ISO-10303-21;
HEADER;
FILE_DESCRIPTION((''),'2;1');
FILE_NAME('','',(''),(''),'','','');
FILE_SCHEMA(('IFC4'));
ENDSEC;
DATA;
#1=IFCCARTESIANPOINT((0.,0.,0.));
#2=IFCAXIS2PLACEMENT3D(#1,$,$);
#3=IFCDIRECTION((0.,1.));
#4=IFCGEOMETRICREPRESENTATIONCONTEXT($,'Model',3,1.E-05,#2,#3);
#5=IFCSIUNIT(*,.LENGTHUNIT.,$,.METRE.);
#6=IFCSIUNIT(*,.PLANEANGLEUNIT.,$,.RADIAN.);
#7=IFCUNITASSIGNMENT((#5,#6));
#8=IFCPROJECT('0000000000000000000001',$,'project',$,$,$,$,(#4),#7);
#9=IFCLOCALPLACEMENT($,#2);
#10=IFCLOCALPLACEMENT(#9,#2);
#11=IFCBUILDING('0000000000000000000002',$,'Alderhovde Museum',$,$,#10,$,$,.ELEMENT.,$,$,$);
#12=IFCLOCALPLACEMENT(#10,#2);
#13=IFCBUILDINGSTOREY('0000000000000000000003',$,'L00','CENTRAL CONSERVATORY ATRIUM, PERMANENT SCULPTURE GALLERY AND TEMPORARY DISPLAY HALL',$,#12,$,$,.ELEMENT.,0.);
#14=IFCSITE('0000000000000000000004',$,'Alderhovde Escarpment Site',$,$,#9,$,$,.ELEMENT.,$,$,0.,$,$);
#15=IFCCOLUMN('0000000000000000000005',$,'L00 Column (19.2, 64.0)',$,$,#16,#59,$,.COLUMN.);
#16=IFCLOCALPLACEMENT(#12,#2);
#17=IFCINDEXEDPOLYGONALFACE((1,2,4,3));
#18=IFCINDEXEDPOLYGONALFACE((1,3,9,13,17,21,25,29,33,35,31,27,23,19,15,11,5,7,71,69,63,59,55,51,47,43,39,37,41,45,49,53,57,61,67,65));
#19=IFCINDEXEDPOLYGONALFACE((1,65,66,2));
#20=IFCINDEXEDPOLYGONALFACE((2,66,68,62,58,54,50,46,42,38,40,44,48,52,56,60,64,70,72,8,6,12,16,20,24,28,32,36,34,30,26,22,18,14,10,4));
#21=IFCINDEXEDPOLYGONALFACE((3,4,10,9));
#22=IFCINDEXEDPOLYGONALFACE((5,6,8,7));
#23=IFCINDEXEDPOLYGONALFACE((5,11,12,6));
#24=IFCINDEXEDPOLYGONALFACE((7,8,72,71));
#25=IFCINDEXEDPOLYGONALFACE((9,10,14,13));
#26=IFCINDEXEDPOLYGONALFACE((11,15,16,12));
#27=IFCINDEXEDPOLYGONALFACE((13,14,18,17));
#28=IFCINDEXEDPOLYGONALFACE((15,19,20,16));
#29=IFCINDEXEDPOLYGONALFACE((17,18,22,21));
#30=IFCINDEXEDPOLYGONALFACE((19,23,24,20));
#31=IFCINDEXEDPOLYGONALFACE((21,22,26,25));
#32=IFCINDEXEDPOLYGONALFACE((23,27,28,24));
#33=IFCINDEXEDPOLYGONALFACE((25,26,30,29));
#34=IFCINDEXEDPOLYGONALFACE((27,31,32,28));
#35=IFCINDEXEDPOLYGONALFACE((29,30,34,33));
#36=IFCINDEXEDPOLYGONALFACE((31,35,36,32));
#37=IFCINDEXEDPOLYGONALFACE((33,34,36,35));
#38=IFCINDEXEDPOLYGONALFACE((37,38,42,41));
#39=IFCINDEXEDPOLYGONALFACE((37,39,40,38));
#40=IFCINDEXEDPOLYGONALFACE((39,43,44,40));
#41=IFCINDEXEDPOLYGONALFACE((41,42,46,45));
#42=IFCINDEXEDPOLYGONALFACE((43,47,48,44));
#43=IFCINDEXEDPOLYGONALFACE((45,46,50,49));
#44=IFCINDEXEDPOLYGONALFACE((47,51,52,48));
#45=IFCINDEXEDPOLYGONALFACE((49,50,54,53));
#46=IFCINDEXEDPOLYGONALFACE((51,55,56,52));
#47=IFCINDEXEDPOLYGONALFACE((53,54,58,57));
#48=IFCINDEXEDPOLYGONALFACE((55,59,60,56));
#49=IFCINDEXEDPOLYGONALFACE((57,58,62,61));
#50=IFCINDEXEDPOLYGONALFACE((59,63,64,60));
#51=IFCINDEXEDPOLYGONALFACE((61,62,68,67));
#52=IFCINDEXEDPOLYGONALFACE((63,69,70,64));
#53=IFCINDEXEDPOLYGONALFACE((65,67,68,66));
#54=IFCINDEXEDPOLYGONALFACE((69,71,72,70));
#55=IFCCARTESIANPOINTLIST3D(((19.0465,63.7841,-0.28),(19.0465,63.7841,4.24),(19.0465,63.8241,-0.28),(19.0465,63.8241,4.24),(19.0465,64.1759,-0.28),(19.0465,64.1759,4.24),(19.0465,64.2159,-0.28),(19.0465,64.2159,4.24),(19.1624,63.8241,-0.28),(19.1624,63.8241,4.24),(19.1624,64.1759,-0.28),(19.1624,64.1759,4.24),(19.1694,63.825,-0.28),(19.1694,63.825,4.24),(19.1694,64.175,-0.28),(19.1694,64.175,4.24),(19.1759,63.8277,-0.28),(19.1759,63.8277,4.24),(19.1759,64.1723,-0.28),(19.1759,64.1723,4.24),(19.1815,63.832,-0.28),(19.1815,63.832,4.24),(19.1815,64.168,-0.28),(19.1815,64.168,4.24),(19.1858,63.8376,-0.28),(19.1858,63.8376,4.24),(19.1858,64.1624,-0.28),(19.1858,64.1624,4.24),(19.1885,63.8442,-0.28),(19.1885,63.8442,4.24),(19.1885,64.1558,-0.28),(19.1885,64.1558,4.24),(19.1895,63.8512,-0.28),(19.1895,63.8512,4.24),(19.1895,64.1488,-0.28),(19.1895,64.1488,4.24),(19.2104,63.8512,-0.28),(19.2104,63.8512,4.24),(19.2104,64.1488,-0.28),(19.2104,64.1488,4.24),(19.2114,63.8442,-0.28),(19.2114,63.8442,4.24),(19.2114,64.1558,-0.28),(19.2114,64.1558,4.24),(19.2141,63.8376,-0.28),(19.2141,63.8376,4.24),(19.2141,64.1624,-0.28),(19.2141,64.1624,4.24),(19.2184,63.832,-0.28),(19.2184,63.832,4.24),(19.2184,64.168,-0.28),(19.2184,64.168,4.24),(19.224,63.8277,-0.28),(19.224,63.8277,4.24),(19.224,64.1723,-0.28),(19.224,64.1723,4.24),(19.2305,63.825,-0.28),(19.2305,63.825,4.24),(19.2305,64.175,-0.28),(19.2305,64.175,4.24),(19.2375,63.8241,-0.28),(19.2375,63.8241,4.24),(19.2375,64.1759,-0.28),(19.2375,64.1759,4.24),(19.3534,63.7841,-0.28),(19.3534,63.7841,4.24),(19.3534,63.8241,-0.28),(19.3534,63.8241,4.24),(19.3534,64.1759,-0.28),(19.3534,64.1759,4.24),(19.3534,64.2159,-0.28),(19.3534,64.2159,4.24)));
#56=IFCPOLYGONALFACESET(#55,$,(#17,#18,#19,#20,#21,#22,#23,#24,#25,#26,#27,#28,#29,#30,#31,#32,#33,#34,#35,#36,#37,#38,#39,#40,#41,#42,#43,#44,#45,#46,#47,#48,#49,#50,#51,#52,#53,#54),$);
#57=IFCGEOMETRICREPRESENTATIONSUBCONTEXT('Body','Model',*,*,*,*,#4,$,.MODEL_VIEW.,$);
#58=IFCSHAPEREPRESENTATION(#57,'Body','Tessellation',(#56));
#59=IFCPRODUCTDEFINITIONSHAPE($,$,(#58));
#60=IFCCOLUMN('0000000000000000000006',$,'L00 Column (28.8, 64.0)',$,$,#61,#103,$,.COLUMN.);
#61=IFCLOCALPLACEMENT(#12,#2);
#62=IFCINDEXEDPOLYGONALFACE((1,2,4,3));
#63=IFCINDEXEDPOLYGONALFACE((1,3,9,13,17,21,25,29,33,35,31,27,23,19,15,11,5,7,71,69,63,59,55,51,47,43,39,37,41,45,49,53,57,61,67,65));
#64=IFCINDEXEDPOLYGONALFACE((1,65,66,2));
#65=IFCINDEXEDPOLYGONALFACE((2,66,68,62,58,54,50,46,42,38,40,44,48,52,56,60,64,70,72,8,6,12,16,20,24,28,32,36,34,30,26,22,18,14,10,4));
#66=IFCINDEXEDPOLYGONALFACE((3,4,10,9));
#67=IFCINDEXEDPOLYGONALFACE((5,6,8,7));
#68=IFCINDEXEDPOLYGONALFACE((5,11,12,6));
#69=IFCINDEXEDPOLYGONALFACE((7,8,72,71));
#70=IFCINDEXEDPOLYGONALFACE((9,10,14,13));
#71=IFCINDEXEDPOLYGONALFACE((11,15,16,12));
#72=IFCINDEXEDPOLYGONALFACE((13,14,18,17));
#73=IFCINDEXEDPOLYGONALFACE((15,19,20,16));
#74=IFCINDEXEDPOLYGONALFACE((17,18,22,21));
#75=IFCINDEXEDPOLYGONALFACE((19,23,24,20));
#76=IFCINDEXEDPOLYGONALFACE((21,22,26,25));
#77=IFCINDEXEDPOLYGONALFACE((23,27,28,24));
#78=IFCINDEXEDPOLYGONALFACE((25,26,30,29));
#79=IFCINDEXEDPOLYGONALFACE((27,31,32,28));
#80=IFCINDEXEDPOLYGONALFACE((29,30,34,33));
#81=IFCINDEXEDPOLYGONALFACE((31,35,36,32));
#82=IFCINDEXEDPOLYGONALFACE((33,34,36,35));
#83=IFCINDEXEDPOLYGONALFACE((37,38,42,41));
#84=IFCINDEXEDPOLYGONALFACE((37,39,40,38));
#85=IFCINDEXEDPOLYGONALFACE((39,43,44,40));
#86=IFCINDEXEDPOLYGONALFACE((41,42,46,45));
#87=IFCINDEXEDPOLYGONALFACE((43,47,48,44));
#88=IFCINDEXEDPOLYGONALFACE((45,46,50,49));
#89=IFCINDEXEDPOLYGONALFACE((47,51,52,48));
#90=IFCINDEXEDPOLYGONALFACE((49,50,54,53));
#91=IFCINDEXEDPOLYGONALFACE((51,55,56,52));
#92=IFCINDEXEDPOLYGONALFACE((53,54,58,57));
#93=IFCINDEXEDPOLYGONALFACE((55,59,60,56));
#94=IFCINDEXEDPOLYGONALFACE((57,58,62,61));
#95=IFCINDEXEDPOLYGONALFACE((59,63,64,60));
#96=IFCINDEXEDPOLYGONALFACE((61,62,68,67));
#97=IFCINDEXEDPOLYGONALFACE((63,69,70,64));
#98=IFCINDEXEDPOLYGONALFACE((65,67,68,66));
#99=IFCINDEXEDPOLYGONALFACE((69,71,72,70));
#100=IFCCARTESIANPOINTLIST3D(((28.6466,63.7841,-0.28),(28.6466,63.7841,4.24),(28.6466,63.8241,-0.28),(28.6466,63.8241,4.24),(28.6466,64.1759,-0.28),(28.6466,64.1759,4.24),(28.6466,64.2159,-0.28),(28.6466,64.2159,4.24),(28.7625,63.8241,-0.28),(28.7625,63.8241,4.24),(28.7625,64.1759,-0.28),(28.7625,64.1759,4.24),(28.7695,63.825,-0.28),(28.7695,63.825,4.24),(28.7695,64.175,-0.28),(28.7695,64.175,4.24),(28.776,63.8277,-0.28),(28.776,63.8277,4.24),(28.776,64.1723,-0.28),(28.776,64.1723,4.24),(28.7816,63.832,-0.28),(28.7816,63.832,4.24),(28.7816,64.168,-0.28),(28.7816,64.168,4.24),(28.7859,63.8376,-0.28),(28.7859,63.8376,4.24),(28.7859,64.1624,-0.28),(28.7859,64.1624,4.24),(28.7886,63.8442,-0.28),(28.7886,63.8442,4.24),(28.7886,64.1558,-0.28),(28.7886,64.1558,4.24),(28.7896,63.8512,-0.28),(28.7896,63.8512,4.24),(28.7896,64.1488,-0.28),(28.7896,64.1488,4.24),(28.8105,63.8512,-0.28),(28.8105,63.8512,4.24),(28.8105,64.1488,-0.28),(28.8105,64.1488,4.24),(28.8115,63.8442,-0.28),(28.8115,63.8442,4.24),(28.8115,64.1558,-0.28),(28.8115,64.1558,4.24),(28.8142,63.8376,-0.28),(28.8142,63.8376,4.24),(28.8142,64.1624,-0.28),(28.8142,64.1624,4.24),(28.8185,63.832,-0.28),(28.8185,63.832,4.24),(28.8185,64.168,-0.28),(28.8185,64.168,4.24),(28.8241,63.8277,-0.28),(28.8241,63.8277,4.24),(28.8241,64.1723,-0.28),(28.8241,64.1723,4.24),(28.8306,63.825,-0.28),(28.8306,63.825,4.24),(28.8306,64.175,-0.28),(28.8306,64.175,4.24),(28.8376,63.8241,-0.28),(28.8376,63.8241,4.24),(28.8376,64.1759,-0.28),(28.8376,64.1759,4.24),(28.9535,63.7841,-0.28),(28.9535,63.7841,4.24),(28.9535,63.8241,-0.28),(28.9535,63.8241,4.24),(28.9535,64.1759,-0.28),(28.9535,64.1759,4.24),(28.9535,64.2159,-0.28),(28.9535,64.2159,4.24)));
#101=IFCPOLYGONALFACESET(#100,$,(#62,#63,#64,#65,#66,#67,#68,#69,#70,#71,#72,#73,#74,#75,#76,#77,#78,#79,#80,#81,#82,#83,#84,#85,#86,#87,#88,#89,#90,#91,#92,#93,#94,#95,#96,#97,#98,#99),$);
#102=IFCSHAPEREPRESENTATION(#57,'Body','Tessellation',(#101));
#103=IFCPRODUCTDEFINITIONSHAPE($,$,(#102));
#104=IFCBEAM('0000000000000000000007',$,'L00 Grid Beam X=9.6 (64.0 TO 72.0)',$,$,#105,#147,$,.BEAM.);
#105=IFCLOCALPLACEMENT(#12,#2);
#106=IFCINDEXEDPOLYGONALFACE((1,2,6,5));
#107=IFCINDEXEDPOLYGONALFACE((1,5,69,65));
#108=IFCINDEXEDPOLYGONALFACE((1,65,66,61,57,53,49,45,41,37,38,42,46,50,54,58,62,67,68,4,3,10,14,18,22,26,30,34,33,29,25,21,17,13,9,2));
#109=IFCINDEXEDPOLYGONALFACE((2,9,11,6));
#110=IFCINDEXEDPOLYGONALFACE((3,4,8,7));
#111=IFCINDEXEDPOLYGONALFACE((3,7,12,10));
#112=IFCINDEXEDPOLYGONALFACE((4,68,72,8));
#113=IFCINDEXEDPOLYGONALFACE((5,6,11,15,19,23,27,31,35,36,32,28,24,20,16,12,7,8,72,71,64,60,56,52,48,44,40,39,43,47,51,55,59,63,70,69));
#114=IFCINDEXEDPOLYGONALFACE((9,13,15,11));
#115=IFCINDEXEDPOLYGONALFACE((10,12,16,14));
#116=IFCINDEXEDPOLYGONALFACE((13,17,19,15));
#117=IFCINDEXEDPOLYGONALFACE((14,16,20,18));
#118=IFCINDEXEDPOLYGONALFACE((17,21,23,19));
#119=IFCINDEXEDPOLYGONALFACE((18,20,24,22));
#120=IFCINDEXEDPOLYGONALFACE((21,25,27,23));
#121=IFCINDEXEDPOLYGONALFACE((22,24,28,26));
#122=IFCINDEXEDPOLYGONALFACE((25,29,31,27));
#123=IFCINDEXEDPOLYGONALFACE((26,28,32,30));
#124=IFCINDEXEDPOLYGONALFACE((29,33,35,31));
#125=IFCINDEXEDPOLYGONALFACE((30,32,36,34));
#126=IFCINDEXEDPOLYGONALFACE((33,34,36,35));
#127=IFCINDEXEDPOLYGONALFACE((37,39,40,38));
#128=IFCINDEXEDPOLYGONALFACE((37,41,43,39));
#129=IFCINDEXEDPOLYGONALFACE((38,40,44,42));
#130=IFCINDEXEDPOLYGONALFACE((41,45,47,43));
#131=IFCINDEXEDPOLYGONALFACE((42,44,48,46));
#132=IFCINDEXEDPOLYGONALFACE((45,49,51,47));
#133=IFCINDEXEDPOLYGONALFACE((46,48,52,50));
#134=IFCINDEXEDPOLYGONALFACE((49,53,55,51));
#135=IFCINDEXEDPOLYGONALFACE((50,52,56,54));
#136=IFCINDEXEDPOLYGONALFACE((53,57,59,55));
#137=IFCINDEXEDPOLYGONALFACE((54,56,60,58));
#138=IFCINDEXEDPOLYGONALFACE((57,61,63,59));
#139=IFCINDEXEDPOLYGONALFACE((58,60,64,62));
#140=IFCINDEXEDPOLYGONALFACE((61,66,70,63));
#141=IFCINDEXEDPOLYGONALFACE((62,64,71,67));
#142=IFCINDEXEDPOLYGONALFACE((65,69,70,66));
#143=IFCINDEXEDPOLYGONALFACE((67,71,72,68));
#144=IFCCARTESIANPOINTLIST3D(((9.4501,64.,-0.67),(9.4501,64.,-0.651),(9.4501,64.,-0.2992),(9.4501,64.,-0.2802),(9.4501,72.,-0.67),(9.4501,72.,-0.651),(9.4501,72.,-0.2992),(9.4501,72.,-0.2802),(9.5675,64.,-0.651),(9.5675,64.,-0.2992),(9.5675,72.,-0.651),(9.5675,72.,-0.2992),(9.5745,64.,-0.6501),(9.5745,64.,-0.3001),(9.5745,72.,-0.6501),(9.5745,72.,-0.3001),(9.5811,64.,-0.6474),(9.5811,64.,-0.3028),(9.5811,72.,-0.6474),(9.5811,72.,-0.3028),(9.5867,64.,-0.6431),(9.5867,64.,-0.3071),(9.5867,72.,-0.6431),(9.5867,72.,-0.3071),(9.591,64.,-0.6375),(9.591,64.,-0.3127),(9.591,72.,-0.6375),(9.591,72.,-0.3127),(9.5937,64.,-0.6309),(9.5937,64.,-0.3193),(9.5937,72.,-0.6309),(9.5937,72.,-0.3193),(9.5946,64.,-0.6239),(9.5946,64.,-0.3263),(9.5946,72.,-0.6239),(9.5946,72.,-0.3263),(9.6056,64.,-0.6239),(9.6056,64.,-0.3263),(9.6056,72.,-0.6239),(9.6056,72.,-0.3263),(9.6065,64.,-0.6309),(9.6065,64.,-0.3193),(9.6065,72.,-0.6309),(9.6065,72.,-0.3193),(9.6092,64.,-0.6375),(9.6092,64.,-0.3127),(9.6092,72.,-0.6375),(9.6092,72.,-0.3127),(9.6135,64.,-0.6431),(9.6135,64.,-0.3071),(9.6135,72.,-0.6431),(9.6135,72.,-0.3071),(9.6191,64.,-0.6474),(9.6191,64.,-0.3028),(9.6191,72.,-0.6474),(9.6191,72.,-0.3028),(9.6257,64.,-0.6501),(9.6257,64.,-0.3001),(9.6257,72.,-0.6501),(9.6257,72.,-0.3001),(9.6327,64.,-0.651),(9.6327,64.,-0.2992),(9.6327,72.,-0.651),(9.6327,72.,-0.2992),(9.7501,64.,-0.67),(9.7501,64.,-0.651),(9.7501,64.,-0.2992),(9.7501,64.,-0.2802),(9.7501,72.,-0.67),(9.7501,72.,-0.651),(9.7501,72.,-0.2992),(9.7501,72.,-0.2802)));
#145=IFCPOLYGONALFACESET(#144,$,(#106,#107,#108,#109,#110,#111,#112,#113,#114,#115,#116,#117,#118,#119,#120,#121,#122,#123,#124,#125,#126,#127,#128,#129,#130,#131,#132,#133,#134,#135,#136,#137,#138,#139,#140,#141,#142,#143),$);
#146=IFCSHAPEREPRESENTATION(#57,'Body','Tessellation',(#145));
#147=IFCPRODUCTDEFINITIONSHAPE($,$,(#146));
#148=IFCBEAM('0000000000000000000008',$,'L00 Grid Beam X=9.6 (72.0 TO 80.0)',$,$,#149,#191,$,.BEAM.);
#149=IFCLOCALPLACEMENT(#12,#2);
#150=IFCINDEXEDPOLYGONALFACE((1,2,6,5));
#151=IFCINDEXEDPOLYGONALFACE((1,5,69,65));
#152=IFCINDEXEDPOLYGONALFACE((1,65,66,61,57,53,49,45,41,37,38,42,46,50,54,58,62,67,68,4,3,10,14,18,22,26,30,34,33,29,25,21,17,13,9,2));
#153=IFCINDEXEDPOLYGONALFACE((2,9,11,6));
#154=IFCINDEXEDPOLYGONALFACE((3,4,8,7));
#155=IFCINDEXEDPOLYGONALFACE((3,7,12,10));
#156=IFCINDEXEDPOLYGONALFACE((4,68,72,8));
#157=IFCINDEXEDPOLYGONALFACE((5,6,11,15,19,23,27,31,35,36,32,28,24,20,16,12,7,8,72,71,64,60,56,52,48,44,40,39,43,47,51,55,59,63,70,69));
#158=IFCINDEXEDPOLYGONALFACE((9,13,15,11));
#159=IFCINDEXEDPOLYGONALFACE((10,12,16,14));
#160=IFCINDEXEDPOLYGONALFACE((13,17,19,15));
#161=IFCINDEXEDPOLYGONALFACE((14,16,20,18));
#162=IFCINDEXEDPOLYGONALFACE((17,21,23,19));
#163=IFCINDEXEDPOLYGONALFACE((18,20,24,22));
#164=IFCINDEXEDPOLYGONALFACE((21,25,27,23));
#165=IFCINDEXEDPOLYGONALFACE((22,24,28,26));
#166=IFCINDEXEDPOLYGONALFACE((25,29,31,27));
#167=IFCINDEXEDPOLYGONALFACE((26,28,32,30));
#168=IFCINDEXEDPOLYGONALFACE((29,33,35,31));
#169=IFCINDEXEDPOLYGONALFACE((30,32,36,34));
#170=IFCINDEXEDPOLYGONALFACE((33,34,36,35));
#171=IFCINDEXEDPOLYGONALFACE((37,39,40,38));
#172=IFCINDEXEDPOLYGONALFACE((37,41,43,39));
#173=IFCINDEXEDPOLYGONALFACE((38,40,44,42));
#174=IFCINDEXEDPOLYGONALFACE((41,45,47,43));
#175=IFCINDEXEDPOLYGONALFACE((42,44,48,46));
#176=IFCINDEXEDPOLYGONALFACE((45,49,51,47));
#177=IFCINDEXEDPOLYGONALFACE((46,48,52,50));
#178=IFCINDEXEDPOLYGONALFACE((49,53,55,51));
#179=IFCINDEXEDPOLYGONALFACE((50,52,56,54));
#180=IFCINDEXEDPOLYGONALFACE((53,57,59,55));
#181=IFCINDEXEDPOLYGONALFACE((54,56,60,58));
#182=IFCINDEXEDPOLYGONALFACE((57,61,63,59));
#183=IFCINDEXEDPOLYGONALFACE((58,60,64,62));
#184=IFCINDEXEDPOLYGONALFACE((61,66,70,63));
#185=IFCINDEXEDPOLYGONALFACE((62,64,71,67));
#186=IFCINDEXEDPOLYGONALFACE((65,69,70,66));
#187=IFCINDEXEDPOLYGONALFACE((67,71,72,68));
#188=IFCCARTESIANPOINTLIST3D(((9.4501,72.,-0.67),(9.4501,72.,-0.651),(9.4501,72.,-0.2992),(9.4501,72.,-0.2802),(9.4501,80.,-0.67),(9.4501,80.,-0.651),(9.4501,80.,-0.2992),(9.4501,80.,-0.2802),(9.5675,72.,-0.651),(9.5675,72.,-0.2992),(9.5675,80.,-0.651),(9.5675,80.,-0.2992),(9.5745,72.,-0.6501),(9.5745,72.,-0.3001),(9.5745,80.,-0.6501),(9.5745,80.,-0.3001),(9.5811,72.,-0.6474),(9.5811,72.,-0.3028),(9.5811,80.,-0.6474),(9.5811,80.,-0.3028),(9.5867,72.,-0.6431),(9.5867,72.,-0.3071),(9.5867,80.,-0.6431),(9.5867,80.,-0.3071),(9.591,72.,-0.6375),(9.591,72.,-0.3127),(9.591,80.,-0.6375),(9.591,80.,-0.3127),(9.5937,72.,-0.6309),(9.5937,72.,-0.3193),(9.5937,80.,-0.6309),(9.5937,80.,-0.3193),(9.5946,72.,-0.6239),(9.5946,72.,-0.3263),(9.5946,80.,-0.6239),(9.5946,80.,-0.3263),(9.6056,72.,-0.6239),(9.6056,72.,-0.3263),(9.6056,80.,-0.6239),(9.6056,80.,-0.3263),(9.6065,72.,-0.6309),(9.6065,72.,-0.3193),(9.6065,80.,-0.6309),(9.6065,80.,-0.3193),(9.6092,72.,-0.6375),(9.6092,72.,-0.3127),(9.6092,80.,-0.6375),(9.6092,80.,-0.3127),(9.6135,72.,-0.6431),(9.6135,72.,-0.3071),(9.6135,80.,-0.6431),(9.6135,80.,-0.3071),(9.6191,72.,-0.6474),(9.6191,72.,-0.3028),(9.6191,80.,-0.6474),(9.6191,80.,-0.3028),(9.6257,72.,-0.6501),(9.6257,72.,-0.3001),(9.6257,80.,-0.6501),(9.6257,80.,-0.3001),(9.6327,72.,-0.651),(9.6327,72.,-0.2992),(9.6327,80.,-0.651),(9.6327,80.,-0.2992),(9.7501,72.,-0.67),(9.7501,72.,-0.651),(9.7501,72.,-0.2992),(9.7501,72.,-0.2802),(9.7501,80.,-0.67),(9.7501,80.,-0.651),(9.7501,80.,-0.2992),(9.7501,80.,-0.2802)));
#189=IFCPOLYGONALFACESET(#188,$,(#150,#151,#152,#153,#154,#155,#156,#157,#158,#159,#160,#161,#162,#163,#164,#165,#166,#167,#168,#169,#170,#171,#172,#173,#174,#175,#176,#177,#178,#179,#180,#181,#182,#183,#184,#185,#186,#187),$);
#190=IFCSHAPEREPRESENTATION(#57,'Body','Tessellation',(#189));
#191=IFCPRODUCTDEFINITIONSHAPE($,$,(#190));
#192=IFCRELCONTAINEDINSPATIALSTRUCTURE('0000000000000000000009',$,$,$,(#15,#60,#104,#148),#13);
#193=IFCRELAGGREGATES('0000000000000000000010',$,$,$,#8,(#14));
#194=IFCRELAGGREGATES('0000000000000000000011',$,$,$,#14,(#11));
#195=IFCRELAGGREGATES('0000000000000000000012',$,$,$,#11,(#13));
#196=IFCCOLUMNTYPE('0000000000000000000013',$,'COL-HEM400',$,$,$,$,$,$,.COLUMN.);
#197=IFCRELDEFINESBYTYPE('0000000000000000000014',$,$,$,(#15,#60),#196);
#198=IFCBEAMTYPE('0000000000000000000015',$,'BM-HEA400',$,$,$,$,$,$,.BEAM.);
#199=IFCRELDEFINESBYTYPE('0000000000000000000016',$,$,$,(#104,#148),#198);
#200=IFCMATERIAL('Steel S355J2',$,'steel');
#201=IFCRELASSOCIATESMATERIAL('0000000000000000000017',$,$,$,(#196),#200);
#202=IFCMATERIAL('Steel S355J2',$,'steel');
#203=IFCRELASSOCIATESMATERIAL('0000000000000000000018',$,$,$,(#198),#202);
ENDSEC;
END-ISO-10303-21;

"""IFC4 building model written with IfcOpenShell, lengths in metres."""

from ifc_helpers import new_model, si_unit, direction, frame, origin, origin_2d, place, context, subcontext, project, spatial, i_section, extrude, material, material_profile, profile_set, type_object, element, save


model = new_model("IFC4")

# Units and contexts
model_context = context("Model", 3, precision=1e-05, world=origin(), true_north=direction((0.0, 1.0)))
body_context = subcontext(model_context, "Body", "Model", "MODEL_VIEW")
ifc_project = project(units=[si_unit("LENGTHUNIT", "METRE"), si_unit("PLANEANGLEUNIT", "RADIAN")], contexts=[model_context])

# Site, building, storey
site_placement = place(None, origin())
site = spatial("IfcSite", under=ifc_project, at=site_placement, Name="Alderhovde Escarpment Site", CompositionType="ELEMENT", RefElevation=0.0)
building_placement = place(site_placement, origin())
building = spatial("IfcBuilding", under=site, at=building_placement, Name="Alderhovde Museum", CompositionType="ELEMENT")
storey_placement = place(building_placement, origin())
storey = spatial("IfcBuildingStorey", under=building, at=storey_placement, Name="L00", Description="CENTRAL CONSERVATORY ATRIUM, PERMANENT SCULPTURE GALLERY AND TEMPORARY DISPLAY HALL", CompositionType="ELEMENT", Elevation=0.0)

# Columns
ifc_material_1 = material(Name="Steel S355J2", Category="steel")
ifc_material_profile_1 = material_profile(ifc_material_1, i_section(OverallWidth=0.3069, OverallDepth=0.4319, WebThickness=0.021, FlangeThickness=0.04, FilletRadius=0.0271, at=origin_2d()), Name="HEM 400")
ifc_profile_set_1 = profile_set([ifc_material_profile_1], Name="Steel S355J2")
column_type_1 = type_object("IfcColumnType", Name="COL-HEM400", PredefinedType="COLUMN", material=ifc_profile_set_1)
for number, where, z_axis, x_axis, name in (
    (1, (19.2, 64.0, -0.28), (0.0, 0.0, 1.0), (1.0, 0.0, 0.0), "L00 Column (19.2, 64.0)"),
    (2, (28.8, 64.0, -0.28), (0.0, 0.0, 1.0), (1.0, 0.0, 0.0), "L00 Column (28.8, 64.0)"),
):
    element("IfcColumn", number, at=place(storey_placement, frame(where, z_axis=z_axis, x_axis=x_axis)), inside=storey, type_object=column_type_1, Name=name, PredefinedType="COLUMN", context=body_context, shape_type="SweptSolid", body=[
        extrude(i_section(OverallWidth=0.3069, OverallDepth=0.4319, WebThickness=0.021, FlangeThickness=0.04, FilletRadius=0.0271, at=origin_2d()), origin(), (0.0, 0.0, 1.0), 4.52),
    ])

# Beams
ifc_material_2 = material(Name="Steel S355J2", Category="steel")
ifc_material_profile_2 = material_profile(ifc_material_2, i_section(OverallWidth=0.3, OverallDepth=0.3899, WebThickness=0.011, FlangeThickness=0.019, FilletRadius=0.0271, at=origin_2d()), Name="HEA 400")
ifc_profile_set_2 = profile_set([ifc_material_profile_2], Name="Steel S355J2")
beam_type_1 = type_object("IfcBeamType", Name="BM-HEA400", PredefinedType="BEAM", material=ifc_profile_set_2)
for number, where, z_axis, x_axis, name in (
    (3, (9.6001, 64.0, -0.4751), (0.0, 1.0, 0.0), (-1.0, 0.0, 0.0), "L00 Grid Beam X=9.6 (64.0 TO 72.0)"),
    (4, (9.6001, 72.0, -0.4751), (0.0, 1.0, 0.0), (-1.0, 0.0, 0.0), "L00 Grid Beam X=9.6 (72.0 TO 80.0)"),
):
    element("IfcBeam", number, at=place(storey_placement, frame(where, z_axis=z_axis, x_axis=x_axis)), inside=storey, type_object=beam_type_1, Name=name, PredefinedType="BEAM", context=body_context, shape_type="SweptSolid", body=[
        extrude(i_section(OverallWidth=0.3, OverallDepth=0.3899, WebThickness=0.011, FlangeThickness=0.019, FilletRadius=0.0271, at=origin_2d()), origin(), (0.0, 0.0, 1.0), 8.0),
    ])

save(model, "model.ifc")
